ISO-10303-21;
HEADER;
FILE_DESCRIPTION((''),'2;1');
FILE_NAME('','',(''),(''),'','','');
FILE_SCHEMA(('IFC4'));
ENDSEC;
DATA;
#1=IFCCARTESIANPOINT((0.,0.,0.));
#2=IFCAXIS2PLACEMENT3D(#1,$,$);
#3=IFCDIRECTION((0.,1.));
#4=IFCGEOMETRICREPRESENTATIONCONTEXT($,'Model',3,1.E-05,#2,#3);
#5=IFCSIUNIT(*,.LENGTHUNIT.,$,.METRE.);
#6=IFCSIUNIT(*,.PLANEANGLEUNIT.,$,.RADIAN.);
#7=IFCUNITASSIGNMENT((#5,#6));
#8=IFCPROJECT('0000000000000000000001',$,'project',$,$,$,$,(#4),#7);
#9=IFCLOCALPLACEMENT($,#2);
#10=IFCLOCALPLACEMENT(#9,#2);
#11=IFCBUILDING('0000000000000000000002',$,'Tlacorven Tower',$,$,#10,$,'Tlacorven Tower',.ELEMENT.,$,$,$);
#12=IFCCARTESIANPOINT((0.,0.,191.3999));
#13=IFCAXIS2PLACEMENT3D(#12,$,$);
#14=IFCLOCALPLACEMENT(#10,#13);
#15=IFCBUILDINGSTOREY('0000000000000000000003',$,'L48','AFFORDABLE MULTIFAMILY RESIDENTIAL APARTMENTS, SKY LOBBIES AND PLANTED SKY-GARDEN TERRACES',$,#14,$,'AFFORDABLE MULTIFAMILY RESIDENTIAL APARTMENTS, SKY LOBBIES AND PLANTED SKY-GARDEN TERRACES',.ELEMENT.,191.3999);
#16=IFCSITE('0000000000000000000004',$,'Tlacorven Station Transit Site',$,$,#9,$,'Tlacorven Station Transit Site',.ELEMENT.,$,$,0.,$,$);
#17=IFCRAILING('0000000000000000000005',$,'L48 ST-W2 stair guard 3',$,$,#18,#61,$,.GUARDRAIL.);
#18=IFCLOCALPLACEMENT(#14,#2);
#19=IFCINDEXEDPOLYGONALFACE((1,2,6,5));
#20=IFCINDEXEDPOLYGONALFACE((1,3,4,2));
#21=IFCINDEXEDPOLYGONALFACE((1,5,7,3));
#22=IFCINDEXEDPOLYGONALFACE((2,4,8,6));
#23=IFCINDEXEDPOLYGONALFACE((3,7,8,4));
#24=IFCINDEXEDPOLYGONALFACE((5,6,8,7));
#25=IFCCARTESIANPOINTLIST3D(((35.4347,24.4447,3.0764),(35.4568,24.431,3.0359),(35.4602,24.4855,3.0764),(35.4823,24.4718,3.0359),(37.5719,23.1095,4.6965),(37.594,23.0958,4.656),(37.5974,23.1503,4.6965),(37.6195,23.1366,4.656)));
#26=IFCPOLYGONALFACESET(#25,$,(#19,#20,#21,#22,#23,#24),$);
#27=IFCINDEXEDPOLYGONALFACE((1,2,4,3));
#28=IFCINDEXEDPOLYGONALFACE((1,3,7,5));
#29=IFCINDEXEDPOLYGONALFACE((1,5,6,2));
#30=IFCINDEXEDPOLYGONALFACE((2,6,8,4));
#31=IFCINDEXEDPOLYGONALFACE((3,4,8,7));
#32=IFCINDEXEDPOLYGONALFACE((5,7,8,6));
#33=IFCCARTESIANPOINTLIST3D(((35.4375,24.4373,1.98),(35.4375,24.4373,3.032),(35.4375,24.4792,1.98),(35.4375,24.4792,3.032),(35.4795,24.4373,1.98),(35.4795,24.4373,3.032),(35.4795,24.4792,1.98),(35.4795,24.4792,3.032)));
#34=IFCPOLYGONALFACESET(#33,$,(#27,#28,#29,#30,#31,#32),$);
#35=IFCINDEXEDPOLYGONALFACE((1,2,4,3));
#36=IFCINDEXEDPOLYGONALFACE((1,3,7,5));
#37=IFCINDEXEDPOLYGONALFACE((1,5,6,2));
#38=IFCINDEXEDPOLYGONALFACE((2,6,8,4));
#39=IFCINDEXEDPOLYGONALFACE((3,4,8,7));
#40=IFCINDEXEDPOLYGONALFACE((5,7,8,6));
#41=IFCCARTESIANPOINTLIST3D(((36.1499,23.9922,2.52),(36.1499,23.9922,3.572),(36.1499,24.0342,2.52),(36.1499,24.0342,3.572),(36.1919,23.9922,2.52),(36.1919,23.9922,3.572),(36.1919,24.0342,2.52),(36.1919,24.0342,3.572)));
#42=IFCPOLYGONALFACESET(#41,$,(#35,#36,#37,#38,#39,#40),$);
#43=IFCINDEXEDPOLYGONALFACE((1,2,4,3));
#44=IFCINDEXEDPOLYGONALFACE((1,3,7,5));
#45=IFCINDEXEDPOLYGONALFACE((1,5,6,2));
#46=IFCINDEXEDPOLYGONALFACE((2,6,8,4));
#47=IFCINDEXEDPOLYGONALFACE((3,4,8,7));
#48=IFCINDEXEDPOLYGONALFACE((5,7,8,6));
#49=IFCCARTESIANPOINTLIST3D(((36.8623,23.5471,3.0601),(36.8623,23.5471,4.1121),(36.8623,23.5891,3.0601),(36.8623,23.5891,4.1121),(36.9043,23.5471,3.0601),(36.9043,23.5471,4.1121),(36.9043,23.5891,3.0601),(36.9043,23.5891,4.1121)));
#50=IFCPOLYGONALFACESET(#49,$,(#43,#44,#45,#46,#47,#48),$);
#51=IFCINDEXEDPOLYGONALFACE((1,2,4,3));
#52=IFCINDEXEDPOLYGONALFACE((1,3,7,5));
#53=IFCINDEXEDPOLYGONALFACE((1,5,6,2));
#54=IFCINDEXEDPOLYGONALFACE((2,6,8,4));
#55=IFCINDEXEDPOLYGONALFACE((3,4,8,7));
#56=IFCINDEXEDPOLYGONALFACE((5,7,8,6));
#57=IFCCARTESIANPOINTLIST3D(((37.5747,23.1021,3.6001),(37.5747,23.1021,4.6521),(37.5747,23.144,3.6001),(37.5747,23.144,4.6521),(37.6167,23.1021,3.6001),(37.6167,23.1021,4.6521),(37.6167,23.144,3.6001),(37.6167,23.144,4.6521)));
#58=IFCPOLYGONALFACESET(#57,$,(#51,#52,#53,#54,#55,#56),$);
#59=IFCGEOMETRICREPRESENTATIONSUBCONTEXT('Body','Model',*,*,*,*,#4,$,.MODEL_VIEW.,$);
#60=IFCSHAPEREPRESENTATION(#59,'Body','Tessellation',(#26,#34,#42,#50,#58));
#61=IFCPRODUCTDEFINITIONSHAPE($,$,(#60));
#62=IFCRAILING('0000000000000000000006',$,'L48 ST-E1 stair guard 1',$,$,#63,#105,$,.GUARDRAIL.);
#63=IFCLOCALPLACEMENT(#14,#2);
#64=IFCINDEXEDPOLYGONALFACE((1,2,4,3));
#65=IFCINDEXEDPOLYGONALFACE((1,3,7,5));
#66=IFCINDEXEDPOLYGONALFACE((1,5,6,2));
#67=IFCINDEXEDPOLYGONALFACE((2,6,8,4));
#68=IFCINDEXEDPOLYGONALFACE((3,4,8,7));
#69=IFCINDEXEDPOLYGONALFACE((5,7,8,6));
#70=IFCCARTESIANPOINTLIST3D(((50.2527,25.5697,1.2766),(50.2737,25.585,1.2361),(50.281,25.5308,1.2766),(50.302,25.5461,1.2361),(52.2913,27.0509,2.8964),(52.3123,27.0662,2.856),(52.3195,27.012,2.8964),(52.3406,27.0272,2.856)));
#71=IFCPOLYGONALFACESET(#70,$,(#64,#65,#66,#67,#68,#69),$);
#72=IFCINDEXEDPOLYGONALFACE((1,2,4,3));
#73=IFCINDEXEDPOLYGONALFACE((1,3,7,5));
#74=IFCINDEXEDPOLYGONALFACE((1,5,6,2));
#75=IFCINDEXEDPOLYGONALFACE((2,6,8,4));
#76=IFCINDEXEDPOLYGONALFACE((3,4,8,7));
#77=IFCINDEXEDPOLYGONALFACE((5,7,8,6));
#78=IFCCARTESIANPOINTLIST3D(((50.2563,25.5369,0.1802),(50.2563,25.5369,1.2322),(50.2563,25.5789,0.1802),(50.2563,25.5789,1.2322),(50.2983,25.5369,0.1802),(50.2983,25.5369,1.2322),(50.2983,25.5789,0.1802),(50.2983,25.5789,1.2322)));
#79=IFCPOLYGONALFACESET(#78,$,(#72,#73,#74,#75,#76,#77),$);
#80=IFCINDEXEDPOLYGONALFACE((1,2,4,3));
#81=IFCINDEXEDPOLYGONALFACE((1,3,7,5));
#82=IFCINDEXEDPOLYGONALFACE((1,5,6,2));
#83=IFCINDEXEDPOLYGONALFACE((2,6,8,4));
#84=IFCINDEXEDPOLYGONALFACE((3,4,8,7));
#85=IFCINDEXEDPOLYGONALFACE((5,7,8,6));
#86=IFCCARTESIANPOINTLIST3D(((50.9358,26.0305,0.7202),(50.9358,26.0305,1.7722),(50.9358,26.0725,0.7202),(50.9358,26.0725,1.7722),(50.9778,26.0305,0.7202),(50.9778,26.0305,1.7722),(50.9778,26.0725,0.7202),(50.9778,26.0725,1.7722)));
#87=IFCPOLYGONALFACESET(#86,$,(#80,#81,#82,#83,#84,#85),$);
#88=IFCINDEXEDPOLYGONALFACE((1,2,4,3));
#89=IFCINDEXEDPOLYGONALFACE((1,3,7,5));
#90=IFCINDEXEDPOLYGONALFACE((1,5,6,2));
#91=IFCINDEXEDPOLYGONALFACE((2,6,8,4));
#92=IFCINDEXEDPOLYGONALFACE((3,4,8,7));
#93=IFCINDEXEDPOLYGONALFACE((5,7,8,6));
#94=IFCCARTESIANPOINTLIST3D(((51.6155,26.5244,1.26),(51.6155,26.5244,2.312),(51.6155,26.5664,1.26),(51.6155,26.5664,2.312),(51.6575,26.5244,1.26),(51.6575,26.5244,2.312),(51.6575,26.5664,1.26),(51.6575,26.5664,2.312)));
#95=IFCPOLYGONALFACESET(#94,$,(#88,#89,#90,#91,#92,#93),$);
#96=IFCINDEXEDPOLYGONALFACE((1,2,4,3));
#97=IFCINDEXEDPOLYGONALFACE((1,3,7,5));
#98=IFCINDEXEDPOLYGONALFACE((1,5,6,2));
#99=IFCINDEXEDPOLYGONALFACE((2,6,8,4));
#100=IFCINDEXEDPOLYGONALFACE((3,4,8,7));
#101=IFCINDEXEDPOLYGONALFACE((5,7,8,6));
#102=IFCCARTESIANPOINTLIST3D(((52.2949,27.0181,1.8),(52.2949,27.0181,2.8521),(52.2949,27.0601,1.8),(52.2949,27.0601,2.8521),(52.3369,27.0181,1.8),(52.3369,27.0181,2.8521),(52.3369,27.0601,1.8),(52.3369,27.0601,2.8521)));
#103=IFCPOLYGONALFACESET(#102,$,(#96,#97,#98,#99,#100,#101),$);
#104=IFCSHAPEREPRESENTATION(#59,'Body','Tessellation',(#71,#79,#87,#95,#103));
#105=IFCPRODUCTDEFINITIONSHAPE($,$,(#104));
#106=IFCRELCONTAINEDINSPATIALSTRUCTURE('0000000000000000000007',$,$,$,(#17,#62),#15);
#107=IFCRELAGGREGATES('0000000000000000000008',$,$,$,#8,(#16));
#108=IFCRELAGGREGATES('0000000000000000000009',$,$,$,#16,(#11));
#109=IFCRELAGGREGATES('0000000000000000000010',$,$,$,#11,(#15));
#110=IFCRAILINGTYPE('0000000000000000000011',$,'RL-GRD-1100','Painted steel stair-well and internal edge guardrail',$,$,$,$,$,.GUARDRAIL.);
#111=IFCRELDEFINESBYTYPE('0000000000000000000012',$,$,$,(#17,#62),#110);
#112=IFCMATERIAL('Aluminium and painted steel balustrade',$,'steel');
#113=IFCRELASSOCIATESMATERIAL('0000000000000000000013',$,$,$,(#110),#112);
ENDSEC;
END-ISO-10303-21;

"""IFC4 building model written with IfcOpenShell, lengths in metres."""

from ifc_helpers import new_model, si_unit, direction, frame, origin, origin_2d, place, context, subcontext, project, spatial, rectangle, extrude, source, transform, mapped, material, type_object, element, save


model = new_model("IFC4")

# Units and contexts
model_context = context("Model", 3, precision=1e-05, world=origin(), true_north=direction((0.0, 1.0)))
body_context = subcontext(model_context, "Body", "Model", "MODEL_VIEW")
ifc_project = project(units=[si_unit("LENGTHUNIT", "METRE"), si_unit("PLANEANGLEUNIT", "RADIAN")], contexts=[model_context])

# Site, building, storey
site_placement = place(None, origin())
site = spatial("IfcSite", under=ifc_project, at=site_placement, Name="Tlacorven Station Transit Site", LongName="Tlacorven Station Transit Site", CompositionType="ELEMENT", RefElevation=0.0)
building_placement = place(site_placement, origin())
building = spatial("IfcBuilding", under=site, at=building_placement, Name="Tlacorven Tower", LongName="Tlacorven Tower", CompositionType="ELEMENT")
storey_placement = place(building_placement, frame((0.0, 0.0, 191.3999)))
storey = spatial("IfcBuildingStorey", under=building, at=storey_placement, Name="L48", Description="AFFORDABLE MULTIFAMILY RESIDENTIAL APARTMENTS, SKY LOBBIES AND PLANTED SKY-GARDEN TERRACES", LongName="AFFORDABLE MULTIFAMILY RESIDENTIAL APARTMENTS, SKY LOBBIES AND PLANTED SKY-GARDEN TERRACES", CompositionType="ELEMENT", Elevation=191.3999)

# Railings
ifc_material_1 = material(Name="Aluminium and painted steel balustrade", Category="steel")
railing_type_1 = type_object("IfcRailingType", Name="RL-GRD-1100", Description="Painted steel stair-well and internal edge guardrail", PredefinedType="GUARDRAIL", material=ifc_material_1)
shared_shape_1 = source(origin(), body_context, "Body", "SweptSolid", [
    extrude(rectangle(XDim=0.0481, YDim=0.0481, at=origin_2d()), frame((0.0, 0.0, 1.0762), z_axis=(0.713386, -0.445683, 0.540784), x_axis=(0.529842, 0.848096, 0.0)), (0.0, 0.0, 1.0), 2.9958),
    extrude(rectangle(XDim=0.042, YDim=0.042, at=origin_2d()), origin(), (0.0, 0.0, 1.0), 1.052),
    extrude(rectangle(XDim=0.042, YDim=0.042, at=origin_2d()), frame((0.7124, -0.4451, 0.54)), (0.0, 0.0, 1.0), 1.052),
    extrude(rectangle(XDim=0.042, YDim=0.042, at=origin_2d()), frame((1.4248, -0.8901, 1.0801)), (0.0, 0.0, 1.0), 1.052),
    extrude(rectangle(XDim=0.042, YDim=0.042, at=origin_2d()), frame((2.1372, -1.3352, 1.6201)), (0.0, 0.0, 1.0), 1.052),
])
railing_1_placement = place(storey_placement, frame((35.4585, 24.4583, 1.98)))
element("IfcRailing", 1, at=railing_1_placement, inside=storey, type_object=railing_type_1, Name="L48 ST-W2 stair guard 3", PredefinedType="GUARDRAIL", context=body_context, shape_type="MappedRepresentation", body=[
    mapped(shared_shape_1, transform((0.0, 0.0, 0.0), scale=1.0)),
])
shared_shape_2 = source(origin(), body_context, "Body", "SweptSolid", [
    extrude(rectangle(XDim=0.0481, YDim=0.0481, at=origin_2d()), frame((0.0, 0.0, 1.0762), z_axis=(0.680519, 0.494456, 0.540747), x_axis=(-0.587809, 0.809, 0.0)), (0.0, 0.0, 1.0), 2.9956),
    extrude(rectangle(XDim=0.042, YDim=0.042, at=origin_2d()), origin(), (0.0, 0.0, 1.0), 1.052),
    extrude(rectangle(XDim=0.042, YDim=0.042, at=origin_2d()), frame((0.6794, 0.4937, 0.54)), (0.0, 0.0, 1.0), 1.052),
    extrude(rectangle(XDim=0.042, YDim=0.042, at=origin_2d()), frame((1.3591, 0.9875, 1.0798)), (0.0, 0.0, 1.0), 1.052),
    extrude(rectangle(XDim=0.042, YDim=0.042, at=origin_2d()), frame((2.0386, 1.4812, 1.6199)), (0.0, 0.0, 1.0), 1.052),
])
railing_2_placement = place(storey_placement, frame((50.2773, 25.5579, 0.1802)))
element("IfcRailing", 2, at=railing_2_placement, inside=storey, type_object=railing_type_1, Name="L48 ST-E1 stair guard 1", PredefinedType="GUARDRAIL", context=body_context, shape_type="MappedRepresentation", body=[
    mapped(shared_shape_2, transform((0.0, 0.0, 0.0), scale=1.0)),
])

save(model, "model.ifc")
